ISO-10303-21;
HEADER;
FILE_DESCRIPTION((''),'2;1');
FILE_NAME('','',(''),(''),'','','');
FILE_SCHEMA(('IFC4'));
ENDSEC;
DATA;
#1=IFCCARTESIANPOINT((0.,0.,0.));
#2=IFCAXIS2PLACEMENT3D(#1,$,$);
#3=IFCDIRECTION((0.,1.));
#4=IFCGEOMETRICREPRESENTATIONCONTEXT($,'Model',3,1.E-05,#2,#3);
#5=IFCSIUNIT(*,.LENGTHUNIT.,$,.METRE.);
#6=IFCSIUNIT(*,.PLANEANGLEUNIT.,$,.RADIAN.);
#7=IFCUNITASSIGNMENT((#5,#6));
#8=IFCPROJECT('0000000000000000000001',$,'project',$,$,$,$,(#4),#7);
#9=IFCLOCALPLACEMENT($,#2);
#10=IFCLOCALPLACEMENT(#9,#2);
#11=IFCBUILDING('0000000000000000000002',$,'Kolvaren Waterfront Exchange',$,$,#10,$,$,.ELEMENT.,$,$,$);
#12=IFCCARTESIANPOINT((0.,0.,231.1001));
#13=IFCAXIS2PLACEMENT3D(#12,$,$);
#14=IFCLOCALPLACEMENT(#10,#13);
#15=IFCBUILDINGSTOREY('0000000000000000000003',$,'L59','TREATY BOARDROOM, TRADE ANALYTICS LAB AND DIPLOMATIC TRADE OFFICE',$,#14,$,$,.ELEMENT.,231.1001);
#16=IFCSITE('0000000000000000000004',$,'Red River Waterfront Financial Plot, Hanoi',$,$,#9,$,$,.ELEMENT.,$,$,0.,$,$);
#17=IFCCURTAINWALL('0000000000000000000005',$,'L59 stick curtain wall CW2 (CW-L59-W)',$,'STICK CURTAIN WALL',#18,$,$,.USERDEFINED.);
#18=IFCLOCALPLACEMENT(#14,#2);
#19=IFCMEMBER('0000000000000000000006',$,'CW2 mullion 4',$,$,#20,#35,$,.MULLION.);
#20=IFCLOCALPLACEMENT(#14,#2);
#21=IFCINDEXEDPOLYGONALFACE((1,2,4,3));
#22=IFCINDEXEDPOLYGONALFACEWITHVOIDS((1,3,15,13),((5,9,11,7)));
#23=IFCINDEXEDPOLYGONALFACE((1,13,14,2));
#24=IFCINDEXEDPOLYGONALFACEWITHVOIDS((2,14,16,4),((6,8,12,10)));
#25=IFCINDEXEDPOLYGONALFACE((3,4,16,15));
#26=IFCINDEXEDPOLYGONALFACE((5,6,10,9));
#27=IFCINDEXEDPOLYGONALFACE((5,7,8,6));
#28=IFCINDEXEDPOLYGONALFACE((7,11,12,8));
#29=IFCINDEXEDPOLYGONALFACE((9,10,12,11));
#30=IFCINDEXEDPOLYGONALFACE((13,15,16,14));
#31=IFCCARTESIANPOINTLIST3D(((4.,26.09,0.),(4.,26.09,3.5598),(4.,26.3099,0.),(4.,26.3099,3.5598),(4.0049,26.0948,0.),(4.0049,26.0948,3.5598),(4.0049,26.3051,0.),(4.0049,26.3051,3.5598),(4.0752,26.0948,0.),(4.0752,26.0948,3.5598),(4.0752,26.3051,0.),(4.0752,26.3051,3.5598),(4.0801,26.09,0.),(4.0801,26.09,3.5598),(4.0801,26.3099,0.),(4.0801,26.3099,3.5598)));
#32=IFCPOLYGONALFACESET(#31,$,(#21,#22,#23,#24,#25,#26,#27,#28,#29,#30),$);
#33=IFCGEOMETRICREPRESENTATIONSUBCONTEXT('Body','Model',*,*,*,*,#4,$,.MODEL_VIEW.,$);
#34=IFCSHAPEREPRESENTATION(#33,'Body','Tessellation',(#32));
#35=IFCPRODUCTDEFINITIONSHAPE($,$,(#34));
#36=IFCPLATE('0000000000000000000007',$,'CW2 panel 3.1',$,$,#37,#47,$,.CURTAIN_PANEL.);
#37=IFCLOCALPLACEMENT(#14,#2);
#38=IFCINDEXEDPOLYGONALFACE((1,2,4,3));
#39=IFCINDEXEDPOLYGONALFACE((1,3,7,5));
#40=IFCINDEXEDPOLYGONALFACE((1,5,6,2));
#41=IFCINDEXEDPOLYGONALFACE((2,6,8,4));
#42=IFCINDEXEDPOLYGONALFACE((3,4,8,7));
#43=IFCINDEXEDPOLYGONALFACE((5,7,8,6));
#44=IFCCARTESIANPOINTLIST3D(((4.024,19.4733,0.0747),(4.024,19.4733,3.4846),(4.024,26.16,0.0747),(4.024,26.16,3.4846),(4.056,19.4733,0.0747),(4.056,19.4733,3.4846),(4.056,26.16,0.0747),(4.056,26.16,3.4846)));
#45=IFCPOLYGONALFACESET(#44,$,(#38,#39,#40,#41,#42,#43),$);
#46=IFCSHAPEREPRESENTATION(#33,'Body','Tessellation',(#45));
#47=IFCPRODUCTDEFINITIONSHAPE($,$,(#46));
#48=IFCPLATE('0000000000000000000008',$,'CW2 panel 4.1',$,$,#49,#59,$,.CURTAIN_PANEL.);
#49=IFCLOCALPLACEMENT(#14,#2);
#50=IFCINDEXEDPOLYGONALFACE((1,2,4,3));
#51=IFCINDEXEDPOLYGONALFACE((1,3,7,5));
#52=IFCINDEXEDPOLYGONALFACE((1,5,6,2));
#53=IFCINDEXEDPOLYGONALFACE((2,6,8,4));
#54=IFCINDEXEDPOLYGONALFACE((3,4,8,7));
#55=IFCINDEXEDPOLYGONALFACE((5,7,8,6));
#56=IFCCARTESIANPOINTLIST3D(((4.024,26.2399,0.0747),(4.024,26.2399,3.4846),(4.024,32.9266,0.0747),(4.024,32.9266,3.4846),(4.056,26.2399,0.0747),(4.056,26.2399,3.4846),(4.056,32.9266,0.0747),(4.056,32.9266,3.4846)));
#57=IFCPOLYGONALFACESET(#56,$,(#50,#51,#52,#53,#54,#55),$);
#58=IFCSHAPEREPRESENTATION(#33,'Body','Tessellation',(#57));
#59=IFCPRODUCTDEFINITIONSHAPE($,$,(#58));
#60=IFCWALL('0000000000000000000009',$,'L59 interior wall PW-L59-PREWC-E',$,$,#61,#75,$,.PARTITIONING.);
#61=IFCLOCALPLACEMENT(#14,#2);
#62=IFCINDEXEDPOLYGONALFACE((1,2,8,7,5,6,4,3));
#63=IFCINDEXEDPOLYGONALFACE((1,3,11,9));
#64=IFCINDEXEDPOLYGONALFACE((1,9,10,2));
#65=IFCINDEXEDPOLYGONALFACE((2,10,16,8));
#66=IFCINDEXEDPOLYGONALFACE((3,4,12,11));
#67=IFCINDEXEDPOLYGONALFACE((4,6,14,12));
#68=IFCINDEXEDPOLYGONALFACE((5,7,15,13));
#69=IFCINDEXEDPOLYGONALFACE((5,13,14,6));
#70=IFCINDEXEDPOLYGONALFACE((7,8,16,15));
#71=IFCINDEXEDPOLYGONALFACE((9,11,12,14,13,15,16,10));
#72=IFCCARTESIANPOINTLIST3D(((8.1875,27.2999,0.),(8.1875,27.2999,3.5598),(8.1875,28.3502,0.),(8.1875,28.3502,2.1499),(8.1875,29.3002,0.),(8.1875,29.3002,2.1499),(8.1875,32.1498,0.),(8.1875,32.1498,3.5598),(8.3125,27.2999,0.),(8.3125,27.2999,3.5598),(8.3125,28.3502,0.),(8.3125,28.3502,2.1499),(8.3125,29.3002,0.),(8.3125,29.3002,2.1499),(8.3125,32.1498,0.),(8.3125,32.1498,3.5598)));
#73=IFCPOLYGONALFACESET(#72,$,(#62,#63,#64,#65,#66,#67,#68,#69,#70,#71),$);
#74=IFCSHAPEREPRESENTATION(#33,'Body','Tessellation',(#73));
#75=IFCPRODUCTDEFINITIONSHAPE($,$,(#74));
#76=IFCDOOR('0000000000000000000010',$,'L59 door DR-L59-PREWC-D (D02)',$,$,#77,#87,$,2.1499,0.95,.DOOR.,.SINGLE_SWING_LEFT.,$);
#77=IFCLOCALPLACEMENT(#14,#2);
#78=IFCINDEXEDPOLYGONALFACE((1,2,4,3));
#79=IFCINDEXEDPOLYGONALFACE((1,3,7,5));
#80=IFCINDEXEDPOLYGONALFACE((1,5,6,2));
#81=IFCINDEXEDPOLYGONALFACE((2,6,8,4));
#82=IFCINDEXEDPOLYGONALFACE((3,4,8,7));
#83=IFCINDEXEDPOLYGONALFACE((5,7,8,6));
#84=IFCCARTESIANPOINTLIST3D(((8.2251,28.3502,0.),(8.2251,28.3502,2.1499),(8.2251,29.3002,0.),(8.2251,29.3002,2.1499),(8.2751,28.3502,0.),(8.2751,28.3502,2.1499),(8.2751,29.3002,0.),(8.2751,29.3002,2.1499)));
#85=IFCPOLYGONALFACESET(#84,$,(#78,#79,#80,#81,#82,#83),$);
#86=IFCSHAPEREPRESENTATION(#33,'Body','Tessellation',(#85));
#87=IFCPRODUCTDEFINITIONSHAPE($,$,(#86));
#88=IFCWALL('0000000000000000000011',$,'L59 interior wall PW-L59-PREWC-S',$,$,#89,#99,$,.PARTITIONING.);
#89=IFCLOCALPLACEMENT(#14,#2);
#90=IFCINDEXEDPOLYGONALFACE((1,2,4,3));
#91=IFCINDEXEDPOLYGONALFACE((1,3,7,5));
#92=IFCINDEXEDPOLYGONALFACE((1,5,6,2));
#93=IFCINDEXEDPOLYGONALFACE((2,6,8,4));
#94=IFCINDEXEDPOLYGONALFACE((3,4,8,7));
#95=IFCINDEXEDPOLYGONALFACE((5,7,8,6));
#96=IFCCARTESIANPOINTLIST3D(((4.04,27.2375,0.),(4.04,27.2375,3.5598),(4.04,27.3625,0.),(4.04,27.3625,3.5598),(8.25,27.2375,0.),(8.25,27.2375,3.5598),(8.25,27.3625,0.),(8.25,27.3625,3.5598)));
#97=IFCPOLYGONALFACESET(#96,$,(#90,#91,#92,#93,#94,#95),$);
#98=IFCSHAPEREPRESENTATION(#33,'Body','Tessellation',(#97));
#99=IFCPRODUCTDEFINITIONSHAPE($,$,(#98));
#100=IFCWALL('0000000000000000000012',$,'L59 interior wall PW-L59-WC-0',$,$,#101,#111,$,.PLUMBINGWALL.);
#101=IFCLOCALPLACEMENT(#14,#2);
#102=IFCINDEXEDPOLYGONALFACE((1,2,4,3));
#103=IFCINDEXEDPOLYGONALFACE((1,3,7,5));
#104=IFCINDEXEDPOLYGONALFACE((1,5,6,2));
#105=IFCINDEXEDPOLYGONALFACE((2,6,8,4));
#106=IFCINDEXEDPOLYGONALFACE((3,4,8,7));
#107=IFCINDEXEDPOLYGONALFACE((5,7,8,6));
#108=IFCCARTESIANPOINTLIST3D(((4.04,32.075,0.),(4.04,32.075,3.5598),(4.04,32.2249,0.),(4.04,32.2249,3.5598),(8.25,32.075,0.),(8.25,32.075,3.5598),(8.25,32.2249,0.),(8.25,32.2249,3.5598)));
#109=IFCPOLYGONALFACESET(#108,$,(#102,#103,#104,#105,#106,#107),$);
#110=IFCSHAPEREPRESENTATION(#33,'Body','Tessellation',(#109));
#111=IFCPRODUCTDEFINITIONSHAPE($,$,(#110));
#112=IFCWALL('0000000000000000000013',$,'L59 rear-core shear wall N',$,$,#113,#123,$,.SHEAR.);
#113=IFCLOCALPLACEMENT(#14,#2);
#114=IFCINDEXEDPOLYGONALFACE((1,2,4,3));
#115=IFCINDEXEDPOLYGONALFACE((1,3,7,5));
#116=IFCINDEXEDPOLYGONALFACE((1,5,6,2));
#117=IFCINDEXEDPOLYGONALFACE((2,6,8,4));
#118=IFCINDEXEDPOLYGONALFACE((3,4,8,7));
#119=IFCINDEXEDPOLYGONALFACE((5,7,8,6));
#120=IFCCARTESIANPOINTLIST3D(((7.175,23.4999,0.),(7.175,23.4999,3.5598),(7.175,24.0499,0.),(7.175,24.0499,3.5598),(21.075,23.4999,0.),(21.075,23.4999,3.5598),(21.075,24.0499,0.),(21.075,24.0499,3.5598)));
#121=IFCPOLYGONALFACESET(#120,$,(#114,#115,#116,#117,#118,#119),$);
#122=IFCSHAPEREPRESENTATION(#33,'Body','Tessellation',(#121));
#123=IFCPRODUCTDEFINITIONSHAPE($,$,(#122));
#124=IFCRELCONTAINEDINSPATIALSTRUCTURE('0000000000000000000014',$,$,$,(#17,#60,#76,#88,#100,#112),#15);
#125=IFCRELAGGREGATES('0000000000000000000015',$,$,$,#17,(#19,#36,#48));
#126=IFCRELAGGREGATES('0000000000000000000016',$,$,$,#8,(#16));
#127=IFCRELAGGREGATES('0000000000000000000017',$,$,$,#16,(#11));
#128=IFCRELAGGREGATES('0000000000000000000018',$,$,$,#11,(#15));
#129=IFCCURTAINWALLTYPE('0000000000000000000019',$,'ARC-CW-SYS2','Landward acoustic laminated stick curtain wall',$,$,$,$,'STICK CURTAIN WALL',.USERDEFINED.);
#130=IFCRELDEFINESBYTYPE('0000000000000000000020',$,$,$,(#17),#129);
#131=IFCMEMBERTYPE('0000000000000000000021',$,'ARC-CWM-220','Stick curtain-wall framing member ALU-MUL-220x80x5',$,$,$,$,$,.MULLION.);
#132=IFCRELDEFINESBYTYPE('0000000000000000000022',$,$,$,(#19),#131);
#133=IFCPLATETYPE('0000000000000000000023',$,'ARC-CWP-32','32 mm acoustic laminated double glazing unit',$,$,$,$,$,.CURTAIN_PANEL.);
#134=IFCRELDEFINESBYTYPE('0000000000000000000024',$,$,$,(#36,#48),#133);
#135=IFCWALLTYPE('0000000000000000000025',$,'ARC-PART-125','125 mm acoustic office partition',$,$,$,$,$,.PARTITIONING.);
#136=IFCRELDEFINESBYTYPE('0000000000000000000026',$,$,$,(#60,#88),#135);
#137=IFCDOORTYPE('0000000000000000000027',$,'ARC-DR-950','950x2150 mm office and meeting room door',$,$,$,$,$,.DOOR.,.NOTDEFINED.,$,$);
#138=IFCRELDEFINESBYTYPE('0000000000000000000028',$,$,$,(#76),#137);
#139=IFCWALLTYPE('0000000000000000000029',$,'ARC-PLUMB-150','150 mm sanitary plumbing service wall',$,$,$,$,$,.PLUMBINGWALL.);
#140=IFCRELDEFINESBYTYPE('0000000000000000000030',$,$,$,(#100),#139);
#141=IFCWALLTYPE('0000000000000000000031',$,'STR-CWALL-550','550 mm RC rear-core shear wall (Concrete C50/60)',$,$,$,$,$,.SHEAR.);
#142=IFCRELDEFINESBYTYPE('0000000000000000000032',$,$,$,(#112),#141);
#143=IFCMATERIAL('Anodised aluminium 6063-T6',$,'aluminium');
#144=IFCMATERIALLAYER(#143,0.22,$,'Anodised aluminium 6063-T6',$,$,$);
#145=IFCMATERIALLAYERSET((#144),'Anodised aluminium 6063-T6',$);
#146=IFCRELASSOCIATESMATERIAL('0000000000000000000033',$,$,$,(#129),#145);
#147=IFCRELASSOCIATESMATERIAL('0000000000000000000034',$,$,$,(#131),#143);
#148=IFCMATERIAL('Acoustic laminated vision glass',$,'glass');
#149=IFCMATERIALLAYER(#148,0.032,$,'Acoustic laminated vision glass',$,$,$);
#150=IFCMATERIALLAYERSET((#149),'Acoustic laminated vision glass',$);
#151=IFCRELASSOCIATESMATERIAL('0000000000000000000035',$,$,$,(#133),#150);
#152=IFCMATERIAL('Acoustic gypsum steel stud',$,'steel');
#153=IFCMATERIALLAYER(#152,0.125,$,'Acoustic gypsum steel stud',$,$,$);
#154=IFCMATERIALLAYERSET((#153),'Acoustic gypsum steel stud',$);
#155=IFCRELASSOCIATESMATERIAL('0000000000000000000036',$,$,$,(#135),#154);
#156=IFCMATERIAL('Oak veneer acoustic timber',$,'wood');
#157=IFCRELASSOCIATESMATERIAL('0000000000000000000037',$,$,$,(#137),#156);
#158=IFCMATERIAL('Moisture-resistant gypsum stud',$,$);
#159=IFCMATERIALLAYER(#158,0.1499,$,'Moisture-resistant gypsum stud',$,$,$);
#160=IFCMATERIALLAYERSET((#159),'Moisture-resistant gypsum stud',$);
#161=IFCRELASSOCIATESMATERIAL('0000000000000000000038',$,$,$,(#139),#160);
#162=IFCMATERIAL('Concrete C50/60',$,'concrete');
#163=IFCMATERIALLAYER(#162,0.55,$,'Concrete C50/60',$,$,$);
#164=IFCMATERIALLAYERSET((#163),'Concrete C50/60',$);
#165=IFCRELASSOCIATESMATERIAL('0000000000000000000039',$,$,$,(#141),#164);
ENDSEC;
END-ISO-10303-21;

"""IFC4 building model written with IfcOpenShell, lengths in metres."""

from ifc_helpers import new_model, si_unit, direction, frame, frame_2d, origin, origin_with_axes, origin_2d, place, context, subcontext, project, spatial, rectangle, hollow_rectangle, extrude, source, transform, mapped, material, layer, layer_set, material_profile, profile_set, type_object, element, fill, aggregate, save


model = new_model("IFC4")

# Units and contexts
model_context = context("Model", 3, precision=1e-05, world=origin(), true_north=direction((0.0, 1.0)))
body_context = subcontext(model_context, "Body", "Model", "MODEL_VIEW")
ifc_project = project(units=[si_unit("LENGTHUNIT", "METRE"), si_unit("PLANEANGLEUNIT", "RADIAN")], contexts=[model_context])

# Site, building, storey
site_placement = place(None, origin())
site = spatial("IfcSite", under=ifc_project, at=site_placement, Name="Red River Waterfront Financial Plot, Hanoi", CompositionType="ELEMENT", RefElevation=0.0)
building_placement = place(site_placement, origin())
building = spatial("IfcBuilding", under=site, at=building_placement, Name="Kolvaren Waterfront Exchange", CompositionType="ELEMENT")
storey_placement = place(building_placement, frame((0.0, 0.0, 231.1001)))
storey = spatial("IfcBuildingStorey", under=building, at=storey_placement, Name="L59", Description="TREATY BOARDROOM, TRADE ANALYTICS LAB AND DIPLOMATIC TRADE OFFICE", CompositionType="ELEMENT", Elevation=231.1001)

# Shared definitions
ifc_material_1 = material(Name="Concrete C50/60", Category="concrete")

# Curtain wall, member, plates
ifc_material_2 = material(Name="Anodised aluminium 6063-T6", Category="aluminium")
ifc_layer_1 = layer(ifc_material_2, 0.22, Name="Anodised aluminium 6063-T6")
ifc_layer_set_1 = layer_set([ifc_layer_1], Name="Anodised aluminium 6063-T6")
curtain_wall_type = type_object("IfcCurtainWallType", Name="ARC-CW-SYS2", Description="Landward acoustic laminated stick curtain wall", ElementType="STICK CURTAIN WALL", PredefinedType="USERDEFINED", material=ifc_layer_set_1)
curtain_wall_placement = place(storey_placement, origin())
curtain_wall = element("IfcCurtainWall", 1, at=curtain_wall_placement, inside=storey, type_object=curtain_wall_type, Name="L59 stick curtain wall CW2 (CW-L59-W)", ObjectType="STICK CURTAIN WALL", PredefinedType="USERDEFINED")
ifc_material_profile_1 = material_profile(ifc_material_2, hollow_rectangle(XDim=0.0801, YDim=0.22, WallThickness=0.0049, at=origin_2d()), Name="ALU-MUL-220x80x5")
ifc_profile_set_1 = profile_set([ifc_material_profile_1], Name="Anodised aluminium 6063-T6")
member_type_1 = type_object("IfcMemberType", Name="ARC-CWM-220", Description="Stick curtain-wall framing member ALU-MUL-220x80x5", PredefinedType="MULLION", material=ifc_profile_set_1)
shared_shape_1 = source(origin_with_axes(), body_context, "Body", "SweptSolid", [
    extrude(hollow_rectangle(XDim=0.0801, YDim=0.22, WallThickness=0.0049, at=origin_2d()), origin(), (0.0, 0.0, 1.0), 3.5598),
])
member_1_placement = place(storey_placement, frame((4.04, 26.2, 0.0), z_axis=(0.0, 0.0, 1.0), x_axis=(-1.0, 0.0, 0.0)))
member_1 = element("IfcMember", 2, at=member_1_placement, type_object=member_type_1, Name="CW2 mullion 4", PredefinedType="MULLION", context=body_context, shape_type="MappedRepresentation", body=[
    mapped(shared_shape_1, transform((0.0, 0.0, 0.0), x_axis=(1.0, 0.0, 0.0), y_axis=(0.0, 1.0, 0.0), z_axis=(0.0, 0.0, 1.0), scale=1.0)),
])
ifc_material_3 = material(Name="Acoustic laminated vision glass", Category="glass")
ifc_layer_2 = layer(ifc_material_3, 0.032, Name="Acoustic laminated vision glass")
ifc_layer_set_2 = layer_set([ifc_layer_2], Name="Acoustic laminated vision glass")
plate_type = type_object("IfcPlateType", Name="ARC-CWP-32", Description="32 mm acoustic laminated double glazing unit", PredefinedType="CURTAIN_PANEL", material=ifc_layer_set_2)
shared_shape_2 = source(origin_with_axes(), body_context, "Body", "SweptSolid", [
    extrude(rectangle(XDim=6.6868, YDim=0.032, at=origin_2d()), origin(), (0.0, 0.0, 1.0), 3.4099),
])
plate_1_placement = place(storey_placement, frame((4.04, 22.8167, 0.0747), z_axis=(0.0, 0.0, 1.0), x_axis=(0.0, 1.0, 0.0)))
plate_1 = element("IfcPlate", 3, at=plate_1_placement, type_object=plate_type, Name="CW2 panel 3.1", PredefinedType="CURTAIN_PANEL", context=body_context, shape_type="MappedRepresentation", body=[
    mapped(shared_shape_2, transform((0.0, 0.0, 0.0), x_axis=(1.0, 0.0, 0.0), y_axis=(0.0, 1.0, 0.0), z_axis=(0.0, 0.0, 1.0), scale=1.0)),
])
plate_2_placement = place(storey_placement, frame((4.04, 29.5833, 0.0747), z_axis=(0.0, 0.0, 1.0), x_axis=(0.0, 1.0, 0.0)))
plate_2 = element("IfcPlate", 4, at=plate_2_placement, type_object=plate_type, Name="CW2 panel 4.1", PredefinedType="CURTAIN_PANEL", context=body_context, shape_type="MappedRepresentation", body=[
    mapped(shared_shape_2, transform((0.0, 0.0, 0.0), x_axis=(1.0, 0.0, 0.0), y_axis=(0.0, 1.0, 0.0), z_axis=(0.0, 0.0, 1.0), scale=1.0)),
])
aggregate(curtain_wall, [member_1, plate_1, plate_2])

# Wall, opening, door
ifc_material_4 = material(Name="Acoustic gypsum steel stud", Category="steel")
ifc_layer_3 = layer(ifc_material_4, 0.125, Name="Acoustic gypsum steel stud")
ifc_layer_set_3 = layer_set([ifc_layer_3], Name="Acoustic gypsum steel stud")
wall_type_1 = type_object("IfcWallType", Name="ARC-PART-125", Description="125 mm acoustic office partition", PredefinedType="PARTITIONING", material=ifc_layer_set_3)
wall_1_placement = place(storey_placement, frame((8.25, 27.3, 0.0), z_axis=(0.0, 0.0, 1.0), x_axis=(0.0, 1.0, 0.0)))
wall_1 = element("IfcWall", 5, at=wall_1_placement, inside=storey, type_object=wall_type_1, Name="L59 interior wall PW-L59-PREWC-E", PredefinedType="PARTITIONING", context=body_context, shape_type="SweptSolid", body=[
    extrude(rectangle(XDim=4.8499, YDim=0.125, at=frame_2d((2.4248, 0.0))), origin(), (0.0, 0.0, 1.0), 3.5598),
])
opening_1_placement = place(wall_1_placement, frame((1.05, 0.0, 0.0)))
opening_1 = element("IfcOpeningElement", 6, at=opening_1_placement, cuts=wall_1, PredefinedType="OPENING", context=body_context, shape_type="SweptSolid", body=[
    extrude(rectangle(XDim=0.95, YDim=2.1499, at=frame_2d((0.4751, 1.075))), frame((0.0, 0.0725, 0.0), z_axis=(0.0, -1.0, 0.0), x_axis=(1.0, 0.0, 0.0)), (0.0, 0.0, 1.0), 0.145),
])
ifc_material_5 = material(Name="Oak veneer acoustic timber", Category="wood")
door_type_1 = type_object("IfcDoorType", Name="ARC-DR-950", Description="950x2150 mm office and meeting room door", OperationType="NOTDEFINED", PredefinedType="DOOR", material=ifc_material_5)
door_1_placement = place(opening_1_placement, origin())
door_1 = element("IfcDoor", 7, at=door_1_placement, inside=storey, type_object=door_type_1, Name="L59 door DR-L59-PREWC-D (D02)", OperationType="SINGLE_SWING_LEFT", OverallHeight=2.1499, OverallWidth=0.95, PredefinedType="DOOR", context=body_context, shape_type="SweptSolid", body=[
    extrude(rectangle(XDim=0.95, YDim=2.1499, at=frame_2d((0.4751, 1.075))), frame((0.0, 0.0249, 0.0), z_axis=(0.0, -1.0, 0.0), x_axis=(1.0, 0.0, 0.0)), (0.0, 0.0, 1.0), 0.05),
])
fill(opening_1, door_1)

# Wall
wall_2_placement = place(storey_placement, frame((4.04, 27.3, 0.0), z_axis=(0.0, 0.0, 1.0), x_axis=(1.0, 0.0, 0.0)))
element("IfcWall", 8, at=wall_2_placement, inside=storey, type_object=wall_type_1, Name="L59 interior wall PW-L59-PREWC-S", PredefinedType="PARTITIONING", context=body_context, shape_type="SweptSolid", body=[
    extrude(rectangle(XDim=4.21, YDim=0.125, at=frame_2d((2.105, 0.0))), origin(), (0.0, 0.0, 1.0), 3.5598),
])

# Walls
ifc_material_6 = material(Name="Moisture-resistant gypsum stud")
ifc_layer_4 = layer(ifc_material_6, 0.1499, Name="Moisture-resistant gypsum stud")
ifc_layer_set_4 = layer_set([ifc_layer_4], Name="Moisture-resistant gypsum stud")
wall_type_2 = type_object("IfcWallType", Name="ARC-PLUMB-150", Description="150 mm sanitary plumbing service wall", PredefinedType="PLUMBINGWALL", material=ifc_layer_set_4)
wall_3_placement = place(storey_placement, frame((4.04, 32.1499, 0.0), z_axis=(0.0, 0.0, 1.0), x_axis=(1.0, 0.0, 0.0)))
element("IfcWall", 9, at=wall_3_placement, inside=storey, type_object=wall_type_2, Name="L59 interior wall PW-L59-WC-0", PredefinedType="PLUMBINGWALL", context=body_context, shape_type="SweptSolid", body=[
    extrude(rectangle(XDim=4.21, YDim=0.1499, at=frame_2d((2.105, 0.0))), origin(), (0.0, 0.0, 1.0), 3.5598),
])
ifc_layer_5 = layer(ifc_material_1, 0.55, Name="Concrete C50/60")
ifc_layer_set_5 = layer_set([ifc_layer_5], Name="Concrete C50/60")
wall_type_3 = type_object("IfcWallType", Name="STR-CWALL-550", Description="550 mm RC rear-core shear wall (Concrete C50/60)", PredefinedType="SHEAR", material=ifc_layer_set_5)
wall_4_placement = place(storey_placement, frame((7.175, 23.7749, 0.0), z_axis=(0.0, 0.0, 1.0), x_axis=(1.0, 0.0, 0.0)))
element("IfcWall", 10, at=wall_4_placement, inside=storey, type_object=wall_type_3, Name="L59 rear-core shear wall N", PredefinedType="SHEAR", context=body_context, shape_type="SweptSolid", body=[
    extrude(rectangle(XDim=13.8999, YDim=0.55, at=frame_2d((6.95, 0.0))), origin(), (0.0, 0.0, 1.0), 3.5598),
])

save(model, "model.ifc")
